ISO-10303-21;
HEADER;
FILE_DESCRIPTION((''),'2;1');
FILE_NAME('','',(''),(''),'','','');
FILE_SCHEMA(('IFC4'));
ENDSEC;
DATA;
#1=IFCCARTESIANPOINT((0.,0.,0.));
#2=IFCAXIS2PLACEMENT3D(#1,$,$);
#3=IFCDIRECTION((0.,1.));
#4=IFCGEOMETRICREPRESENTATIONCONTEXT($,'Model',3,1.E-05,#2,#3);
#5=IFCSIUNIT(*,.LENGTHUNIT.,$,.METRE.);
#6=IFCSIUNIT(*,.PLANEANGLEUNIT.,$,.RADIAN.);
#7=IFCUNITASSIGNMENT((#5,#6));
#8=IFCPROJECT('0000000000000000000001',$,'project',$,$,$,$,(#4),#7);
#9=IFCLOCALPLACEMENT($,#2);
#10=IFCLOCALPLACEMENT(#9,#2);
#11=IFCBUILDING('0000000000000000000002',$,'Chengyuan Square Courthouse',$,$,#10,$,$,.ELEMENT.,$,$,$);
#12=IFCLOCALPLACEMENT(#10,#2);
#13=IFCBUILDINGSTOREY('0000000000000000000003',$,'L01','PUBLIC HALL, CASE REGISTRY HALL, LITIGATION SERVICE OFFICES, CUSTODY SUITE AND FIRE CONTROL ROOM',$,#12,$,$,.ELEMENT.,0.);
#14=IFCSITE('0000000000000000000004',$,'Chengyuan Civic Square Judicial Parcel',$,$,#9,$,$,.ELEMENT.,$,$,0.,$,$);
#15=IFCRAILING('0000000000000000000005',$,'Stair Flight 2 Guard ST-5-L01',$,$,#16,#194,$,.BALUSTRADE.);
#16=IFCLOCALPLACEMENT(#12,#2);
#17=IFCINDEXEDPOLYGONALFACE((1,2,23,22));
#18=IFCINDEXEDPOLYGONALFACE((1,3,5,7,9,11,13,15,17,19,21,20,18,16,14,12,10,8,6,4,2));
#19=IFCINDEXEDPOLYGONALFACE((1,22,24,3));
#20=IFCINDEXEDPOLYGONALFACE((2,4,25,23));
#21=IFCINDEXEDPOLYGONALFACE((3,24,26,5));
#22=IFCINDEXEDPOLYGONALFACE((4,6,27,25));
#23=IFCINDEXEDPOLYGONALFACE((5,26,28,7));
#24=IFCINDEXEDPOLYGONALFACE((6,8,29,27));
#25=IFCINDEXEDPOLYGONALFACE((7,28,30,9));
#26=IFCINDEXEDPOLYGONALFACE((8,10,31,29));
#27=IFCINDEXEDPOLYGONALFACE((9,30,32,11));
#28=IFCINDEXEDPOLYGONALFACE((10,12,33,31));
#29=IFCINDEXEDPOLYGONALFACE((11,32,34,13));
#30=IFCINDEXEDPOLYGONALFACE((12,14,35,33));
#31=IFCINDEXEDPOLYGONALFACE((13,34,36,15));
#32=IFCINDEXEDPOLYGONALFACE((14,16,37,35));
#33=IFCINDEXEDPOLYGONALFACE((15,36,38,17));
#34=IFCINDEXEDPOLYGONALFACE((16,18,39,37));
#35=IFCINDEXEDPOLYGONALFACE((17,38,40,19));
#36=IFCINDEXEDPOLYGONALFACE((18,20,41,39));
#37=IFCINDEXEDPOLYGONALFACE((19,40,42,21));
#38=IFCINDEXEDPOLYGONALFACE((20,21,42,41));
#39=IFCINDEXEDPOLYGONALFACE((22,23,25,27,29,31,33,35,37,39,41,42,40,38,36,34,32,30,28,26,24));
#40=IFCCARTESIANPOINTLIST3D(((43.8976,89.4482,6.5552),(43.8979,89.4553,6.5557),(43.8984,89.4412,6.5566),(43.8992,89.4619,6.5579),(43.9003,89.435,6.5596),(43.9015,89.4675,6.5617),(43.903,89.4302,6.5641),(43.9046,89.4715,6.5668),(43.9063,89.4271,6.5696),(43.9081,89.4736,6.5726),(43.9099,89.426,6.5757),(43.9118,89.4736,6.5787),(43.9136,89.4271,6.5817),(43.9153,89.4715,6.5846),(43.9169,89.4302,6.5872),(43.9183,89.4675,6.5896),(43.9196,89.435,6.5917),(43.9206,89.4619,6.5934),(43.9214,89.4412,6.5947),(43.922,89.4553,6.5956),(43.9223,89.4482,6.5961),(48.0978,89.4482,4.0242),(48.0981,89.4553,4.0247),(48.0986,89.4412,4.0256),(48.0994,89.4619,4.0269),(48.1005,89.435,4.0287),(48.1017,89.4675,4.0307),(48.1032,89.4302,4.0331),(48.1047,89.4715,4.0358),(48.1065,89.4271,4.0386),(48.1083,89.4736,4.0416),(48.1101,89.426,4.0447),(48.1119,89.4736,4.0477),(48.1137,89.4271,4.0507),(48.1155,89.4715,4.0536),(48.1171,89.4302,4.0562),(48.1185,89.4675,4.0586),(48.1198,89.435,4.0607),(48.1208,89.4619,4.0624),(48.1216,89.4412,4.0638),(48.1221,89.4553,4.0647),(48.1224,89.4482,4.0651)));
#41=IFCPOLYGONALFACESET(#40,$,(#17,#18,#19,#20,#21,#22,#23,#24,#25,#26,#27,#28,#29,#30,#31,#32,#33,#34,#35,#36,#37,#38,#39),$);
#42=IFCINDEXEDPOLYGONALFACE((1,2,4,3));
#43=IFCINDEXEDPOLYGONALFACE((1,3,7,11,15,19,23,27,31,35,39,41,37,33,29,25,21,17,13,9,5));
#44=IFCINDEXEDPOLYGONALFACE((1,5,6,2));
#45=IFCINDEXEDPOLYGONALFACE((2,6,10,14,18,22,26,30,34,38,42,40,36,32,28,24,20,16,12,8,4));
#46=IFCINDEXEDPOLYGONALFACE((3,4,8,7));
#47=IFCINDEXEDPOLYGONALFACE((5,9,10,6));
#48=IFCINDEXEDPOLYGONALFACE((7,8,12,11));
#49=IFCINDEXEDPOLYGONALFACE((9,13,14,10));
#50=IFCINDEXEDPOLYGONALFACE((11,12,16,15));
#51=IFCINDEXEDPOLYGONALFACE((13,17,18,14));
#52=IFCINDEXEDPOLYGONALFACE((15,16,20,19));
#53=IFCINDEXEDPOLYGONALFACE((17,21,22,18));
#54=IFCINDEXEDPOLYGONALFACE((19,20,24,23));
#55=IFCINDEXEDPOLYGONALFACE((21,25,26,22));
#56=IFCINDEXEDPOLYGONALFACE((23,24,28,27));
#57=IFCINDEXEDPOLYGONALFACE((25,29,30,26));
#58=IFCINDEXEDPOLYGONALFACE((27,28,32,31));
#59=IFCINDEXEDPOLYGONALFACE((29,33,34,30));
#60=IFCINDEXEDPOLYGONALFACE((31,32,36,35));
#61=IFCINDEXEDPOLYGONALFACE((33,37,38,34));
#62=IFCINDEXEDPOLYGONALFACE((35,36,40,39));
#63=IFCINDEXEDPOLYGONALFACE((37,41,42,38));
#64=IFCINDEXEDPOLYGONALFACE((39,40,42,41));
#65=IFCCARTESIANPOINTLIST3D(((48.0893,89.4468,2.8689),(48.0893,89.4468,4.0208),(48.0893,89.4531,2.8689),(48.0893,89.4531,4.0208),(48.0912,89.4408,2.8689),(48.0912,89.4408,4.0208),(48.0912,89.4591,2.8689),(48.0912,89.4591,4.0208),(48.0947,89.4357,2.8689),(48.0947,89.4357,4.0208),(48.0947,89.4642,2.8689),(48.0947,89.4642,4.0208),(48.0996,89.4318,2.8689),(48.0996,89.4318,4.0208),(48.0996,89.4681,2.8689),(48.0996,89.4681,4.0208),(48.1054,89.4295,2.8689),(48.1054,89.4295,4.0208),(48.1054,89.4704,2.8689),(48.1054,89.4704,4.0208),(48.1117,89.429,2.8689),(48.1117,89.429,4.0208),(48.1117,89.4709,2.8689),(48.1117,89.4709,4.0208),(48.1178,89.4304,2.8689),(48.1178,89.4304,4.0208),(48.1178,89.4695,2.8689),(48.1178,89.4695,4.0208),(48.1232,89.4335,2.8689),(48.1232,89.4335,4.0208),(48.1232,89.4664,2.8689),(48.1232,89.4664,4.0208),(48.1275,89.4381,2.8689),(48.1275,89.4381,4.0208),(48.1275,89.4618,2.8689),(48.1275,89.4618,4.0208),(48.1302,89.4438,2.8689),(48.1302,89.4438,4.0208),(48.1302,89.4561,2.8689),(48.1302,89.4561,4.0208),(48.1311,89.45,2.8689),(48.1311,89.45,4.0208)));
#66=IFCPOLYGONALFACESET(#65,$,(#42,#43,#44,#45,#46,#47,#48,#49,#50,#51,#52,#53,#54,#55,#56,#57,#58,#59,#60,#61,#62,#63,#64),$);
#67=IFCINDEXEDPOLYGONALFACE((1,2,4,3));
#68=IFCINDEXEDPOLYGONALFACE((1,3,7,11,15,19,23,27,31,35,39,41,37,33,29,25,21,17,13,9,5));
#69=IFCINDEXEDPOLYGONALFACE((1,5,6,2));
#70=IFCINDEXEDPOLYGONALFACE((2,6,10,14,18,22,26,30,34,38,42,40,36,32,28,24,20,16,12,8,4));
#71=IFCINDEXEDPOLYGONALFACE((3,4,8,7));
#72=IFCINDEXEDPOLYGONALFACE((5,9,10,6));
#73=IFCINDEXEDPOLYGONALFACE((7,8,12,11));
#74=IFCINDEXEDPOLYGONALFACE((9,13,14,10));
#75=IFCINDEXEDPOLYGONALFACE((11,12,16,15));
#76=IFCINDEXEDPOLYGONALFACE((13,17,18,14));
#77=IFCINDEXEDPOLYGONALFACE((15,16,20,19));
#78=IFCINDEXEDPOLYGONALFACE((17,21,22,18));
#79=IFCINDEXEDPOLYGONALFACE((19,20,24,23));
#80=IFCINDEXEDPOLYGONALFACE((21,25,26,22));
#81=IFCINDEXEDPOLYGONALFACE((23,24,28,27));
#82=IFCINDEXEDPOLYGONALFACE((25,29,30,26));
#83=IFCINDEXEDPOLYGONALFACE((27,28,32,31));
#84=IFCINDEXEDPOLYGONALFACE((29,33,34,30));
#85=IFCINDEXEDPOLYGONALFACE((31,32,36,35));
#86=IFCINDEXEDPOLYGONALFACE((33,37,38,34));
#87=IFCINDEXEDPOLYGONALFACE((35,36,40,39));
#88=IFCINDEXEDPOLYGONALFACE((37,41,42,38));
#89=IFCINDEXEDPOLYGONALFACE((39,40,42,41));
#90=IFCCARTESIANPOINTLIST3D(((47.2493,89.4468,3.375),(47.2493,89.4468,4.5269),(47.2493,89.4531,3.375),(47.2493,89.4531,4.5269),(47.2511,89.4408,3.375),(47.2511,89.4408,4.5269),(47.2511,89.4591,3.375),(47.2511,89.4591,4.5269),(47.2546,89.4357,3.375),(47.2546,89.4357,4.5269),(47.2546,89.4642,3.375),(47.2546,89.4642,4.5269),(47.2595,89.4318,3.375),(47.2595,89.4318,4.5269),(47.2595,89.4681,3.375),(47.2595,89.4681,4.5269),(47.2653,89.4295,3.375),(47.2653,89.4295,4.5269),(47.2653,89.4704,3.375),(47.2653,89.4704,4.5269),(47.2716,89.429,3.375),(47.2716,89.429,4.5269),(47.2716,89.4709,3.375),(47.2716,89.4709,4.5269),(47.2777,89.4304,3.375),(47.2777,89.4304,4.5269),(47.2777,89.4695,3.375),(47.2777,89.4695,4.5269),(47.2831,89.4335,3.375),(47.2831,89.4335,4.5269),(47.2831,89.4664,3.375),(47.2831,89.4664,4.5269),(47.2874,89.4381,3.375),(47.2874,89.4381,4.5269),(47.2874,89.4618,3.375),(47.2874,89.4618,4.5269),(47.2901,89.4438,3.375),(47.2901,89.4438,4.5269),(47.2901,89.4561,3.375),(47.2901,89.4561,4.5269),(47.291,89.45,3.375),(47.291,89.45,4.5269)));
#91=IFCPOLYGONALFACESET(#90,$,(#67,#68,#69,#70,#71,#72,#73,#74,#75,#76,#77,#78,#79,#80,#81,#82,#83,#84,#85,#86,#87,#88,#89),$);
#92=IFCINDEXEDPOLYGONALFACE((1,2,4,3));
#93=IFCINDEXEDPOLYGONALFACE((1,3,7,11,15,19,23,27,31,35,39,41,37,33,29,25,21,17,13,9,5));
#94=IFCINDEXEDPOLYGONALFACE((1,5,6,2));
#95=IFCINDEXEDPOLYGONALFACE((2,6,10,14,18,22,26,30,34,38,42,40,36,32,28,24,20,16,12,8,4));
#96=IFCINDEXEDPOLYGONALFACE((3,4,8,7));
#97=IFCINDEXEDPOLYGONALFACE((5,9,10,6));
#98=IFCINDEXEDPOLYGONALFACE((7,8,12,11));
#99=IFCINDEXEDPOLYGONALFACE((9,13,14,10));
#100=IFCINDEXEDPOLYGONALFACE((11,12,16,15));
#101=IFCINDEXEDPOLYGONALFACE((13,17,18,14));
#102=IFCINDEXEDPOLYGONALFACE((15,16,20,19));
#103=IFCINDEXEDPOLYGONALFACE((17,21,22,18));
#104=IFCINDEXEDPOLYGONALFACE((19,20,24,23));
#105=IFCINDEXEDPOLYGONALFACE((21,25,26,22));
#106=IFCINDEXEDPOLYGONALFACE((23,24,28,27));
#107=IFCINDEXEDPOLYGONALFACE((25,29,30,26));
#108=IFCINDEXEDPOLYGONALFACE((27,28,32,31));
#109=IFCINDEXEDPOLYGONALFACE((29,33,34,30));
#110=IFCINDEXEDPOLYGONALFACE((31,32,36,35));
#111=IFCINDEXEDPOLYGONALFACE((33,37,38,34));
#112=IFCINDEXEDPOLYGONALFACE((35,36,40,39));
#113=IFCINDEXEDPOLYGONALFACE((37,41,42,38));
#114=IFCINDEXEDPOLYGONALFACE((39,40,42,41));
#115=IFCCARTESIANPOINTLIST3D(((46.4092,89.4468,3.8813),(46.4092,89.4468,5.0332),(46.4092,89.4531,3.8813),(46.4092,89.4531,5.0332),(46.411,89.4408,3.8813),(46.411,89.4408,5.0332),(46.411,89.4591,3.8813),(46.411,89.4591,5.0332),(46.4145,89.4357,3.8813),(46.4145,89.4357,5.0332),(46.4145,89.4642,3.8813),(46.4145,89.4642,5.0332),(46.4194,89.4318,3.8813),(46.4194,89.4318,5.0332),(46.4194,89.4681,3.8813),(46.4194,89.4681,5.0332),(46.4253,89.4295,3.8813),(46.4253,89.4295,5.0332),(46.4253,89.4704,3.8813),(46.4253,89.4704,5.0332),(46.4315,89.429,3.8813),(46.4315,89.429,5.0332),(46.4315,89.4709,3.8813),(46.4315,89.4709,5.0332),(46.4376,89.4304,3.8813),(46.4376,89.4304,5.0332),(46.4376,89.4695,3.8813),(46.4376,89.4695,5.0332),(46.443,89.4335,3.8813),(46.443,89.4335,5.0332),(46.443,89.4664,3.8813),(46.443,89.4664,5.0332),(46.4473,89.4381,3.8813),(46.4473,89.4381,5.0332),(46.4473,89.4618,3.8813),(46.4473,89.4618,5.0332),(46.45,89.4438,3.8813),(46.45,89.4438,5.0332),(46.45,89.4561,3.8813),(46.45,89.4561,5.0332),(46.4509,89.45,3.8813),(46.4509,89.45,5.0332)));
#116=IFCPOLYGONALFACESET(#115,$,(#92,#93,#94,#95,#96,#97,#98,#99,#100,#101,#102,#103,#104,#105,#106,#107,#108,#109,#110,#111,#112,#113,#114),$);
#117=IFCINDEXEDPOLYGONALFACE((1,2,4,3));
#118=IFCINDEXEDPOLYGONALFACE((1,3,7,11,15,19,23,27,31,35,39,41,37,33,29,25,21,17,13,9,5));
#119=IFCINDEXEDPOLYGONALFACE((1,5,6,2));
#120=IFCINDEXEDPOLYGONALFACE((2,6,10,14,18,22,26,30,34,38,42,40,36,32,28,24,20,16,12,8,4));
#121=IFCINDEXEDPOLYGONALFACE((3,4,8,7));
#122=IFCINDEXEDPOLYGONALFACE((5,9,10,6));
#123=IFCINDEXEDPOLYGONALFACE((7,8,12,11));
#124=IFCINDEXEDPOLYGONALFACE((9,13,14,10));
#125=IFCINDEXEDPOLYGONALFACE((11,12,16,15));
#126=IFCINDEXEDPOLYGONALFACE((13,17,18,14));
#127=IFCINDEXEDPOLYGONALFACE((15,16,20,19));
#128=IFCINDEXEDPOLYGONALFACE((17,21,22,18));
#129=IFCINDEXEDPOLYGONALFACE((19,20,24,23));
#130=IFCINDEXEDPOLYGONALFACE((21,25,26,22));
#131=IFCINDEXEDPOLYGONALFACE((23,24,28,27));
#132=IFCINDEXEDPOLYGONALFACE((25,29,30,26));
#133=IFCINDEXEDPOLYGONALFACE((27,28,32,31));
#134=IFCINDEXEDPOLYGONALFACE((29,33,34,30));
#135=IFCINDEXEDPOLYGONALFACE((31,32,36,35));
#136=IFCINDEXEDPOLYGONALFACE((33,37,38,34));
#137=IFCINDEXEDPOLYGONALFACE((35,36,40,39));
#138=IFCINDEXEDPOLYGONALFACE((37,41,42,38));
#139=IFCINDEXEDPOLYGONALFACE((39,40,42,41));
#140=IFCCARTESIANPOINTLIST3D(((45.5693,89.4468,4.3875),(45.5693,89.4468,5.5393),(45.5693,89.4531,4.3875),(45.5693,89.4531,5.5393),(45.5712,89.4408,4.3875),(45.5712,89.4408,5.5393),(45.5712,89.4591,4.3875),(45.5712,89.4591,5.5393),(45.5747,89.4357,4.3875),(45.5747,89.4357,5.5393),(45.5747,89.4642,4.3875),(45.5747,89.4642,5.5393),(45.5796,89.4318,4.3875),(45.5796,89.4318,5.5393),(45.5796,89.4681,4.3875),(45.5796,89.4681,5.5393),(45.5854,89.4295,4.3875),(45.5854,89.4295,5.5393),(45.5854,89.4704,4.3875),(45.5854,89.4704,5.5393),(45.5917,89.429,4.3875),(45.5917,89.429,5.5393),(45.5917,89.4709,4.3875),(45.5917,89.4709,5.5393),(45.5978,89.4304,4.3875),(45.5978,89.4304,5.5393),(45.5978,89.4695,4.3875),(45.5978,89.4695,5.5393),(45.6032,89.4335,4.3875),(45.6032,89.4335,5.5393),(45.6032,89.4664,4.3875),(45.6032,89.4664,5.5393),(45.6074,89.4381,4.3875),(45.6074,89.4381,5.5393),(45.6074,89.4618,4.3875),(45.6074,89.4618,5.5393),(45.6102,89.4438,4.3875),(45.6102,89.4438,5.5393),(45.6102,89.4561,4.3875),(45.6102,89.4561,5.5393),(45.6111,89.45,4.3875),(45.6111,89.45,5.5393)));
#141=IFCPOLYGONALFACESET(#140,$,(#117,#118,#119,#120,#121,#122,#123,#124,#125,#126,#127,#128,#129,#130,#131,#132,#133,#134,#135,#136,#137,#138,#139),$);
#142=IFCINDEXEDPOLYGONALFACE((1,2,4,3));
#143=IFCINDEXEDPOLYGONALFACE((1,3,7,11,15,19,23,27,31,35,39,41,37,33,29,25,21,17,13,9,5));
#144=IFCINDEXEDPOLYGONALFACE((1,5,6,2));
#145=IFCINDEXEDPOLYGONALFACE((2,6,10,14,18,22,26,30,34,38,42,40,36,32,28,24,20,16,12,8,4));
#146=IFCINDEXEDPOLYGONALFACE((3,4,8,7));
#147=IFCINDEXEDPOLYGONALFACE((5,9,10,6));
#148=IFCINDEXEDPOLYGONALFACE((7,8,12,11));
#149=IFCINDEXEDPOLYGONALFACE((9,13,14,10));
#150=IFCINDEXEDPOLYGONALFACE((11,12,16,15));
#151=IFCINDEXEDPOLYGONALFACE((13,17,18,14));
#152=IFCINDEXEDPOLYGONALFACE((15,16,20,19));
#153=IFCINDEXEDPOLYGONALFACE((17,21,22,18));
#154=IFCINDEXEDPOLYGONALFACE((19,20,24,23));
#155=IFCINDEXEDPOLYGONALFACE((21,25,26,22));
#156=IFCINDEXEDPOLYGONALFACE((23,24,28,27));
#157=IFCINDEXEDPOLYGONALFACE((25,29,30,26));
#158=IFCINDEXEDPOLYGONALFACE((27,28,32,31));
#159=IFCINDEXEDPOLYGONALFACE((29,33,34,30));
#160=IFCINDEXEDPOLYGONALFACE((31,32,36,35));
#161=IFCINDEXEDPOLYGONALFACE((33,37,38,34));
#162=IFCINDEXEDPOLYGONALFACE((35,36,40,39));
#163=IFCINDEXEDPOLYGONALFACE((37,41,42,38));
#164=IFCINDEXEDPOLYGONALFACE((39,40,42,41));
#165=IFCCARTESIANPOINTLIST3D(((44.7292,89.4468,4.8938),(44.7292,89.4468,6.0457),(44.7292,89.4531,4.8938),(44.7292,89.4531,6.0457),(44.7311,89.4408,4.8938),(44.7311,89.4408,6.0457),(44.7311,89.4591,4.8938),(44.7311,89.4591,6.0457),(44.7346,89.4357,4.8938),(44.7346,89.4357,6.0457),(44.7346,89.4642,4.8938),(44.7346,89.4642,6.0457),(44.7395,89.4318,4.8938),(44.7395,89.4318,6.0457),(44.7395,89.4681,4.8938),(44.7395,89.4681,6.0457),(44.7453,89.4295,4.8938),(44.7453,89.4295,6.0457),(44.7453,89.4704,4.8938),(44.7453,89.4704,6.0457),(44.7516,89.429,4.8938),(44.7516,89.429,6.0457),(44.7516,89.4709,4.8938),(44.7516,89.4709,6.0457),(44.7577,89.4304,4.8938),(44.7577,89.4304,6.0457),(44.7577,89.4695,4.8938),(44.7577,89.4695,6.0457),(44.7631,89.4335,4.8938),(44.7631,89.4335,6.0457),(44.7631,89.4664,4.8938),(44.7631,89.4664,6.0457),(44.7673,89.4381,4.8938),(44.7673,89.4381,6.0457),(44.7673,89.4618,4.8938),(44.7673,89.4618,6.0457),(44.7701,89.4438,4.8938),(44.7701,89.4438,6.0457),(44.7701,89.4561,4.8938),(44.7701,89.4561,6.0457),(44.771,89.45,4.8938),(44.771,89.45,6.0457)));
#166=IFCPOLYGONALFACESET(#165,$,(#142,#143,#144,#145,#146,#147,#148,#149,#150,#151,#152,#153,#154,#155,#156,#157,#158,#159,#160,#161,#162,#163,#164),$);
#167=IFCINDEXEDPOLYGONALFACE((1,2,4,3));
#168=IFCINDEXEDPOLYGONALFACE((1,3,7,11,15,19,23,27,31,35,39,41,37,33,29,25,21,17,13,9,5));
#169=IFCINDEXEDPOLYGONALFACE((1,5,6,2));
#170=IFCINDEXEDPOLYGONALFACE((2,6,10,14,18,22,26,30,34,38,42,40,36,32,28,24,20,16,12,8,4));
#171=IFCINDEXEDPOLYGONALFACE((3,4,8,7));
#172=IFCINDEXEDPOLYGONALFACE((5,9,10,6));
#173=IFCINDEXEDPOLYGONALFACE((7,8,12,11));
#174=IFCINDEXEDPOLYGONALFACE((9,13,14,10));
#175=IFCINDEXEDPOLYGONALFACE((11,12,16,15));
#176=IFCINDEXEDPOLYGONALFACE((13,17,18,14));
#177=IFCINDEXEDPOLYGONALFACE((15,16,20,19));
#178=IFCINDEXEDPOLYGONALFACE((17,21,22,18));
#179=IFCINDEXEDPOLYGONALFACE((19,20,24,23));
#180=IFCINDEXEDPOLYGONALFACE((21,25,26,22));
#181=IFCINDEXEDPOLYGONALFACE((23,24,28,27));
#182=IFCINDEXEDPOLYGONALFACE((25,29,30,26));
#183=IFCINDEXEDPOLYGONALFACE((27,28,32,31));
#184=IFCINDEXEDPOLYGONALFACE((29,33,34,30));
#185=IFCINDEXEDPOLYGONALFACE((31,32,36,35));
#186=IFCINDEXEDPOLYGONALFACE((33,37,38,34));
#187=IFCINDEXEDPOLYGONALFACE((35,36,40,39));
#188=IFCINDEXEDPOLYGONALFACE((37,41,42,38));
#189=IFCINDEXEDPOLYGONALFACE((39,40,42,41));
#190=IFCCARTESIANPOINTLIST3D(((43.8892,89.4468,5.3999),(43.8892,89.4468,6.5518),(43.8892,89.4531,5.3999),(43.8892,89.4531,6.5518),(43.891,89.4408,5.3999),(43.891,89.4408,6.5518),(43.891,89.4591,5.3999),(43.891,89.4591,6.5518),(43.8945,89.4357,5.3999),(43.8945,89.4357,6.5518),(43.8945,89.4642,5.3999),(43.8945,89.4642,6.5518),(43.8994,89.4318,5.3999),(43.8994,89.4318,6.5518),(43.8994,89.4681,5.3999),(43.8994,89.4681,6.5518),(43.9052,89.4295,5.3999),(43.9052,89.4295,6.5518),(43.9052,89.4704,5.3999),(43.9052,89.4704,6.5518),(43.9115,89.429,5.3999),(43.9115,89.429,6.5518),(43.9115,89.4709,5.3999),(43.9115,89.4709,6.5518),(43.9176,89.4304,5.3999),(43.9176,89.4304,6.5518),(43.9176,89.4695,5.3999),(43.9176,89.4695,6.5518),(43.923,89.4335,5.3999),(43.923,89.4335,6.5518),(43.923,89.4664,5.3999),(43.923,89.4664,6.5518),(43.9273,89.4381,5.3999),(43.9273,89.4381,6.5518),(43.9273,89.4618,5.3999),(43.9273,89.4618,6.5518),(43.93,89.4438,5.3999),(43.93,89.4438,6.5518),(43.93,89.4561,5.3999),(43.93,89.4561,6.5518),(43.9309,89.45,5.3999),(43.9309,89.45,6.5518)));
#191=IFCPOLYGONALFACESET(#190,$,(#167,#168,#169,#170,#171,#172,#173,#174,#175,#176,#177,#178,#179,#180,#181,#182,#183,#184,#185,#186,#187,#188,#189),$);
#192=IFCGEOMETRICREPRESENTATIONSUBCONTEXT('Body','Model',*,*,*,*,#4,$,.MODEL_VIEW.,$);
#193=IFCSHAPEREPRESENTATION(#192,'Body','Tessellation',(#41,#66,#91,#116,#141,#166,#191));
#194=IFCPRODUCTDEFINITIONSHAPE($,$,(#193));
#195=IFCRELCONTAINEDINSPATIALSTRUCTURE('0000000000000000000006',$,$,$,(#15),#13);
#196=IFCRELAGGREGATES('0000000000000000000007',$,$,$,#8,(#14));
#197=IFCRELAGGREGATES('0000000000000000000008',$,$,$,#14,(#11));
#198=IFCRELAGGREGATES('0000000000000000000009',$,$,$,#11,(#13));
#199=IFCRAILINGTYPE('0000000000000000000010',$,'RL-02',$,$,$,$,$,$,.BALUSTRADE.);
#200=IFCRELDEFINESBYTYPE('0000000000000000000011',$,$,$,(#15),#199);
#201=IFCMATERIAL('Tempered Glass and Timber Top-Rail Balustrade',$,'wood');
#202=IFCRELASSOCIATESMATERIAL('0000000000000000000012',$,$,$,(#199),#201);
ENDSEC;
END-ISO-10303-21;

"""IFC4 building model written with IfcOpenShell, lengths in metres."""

from ifc_helpers import new_model, si_unit, direction, frame, origin, origin_2d, place, context, subcontext, project, spatial, circle, extrude, material, type_object, element, save


model = new_model("IFC4")

# Units and contexts
model_context = context("Model", 3, precision=1e-05, world=origin(), true_north=direction((0.0, 1.0)))
body_context = subcontext(model_context, "Body", "Model", "MODEL_VIEW")
ifc_project = project(units=[si_unit("LENGTHUNIT", "METRE"), si_unit("PLANEANGLEUNIT", "RADIAN")], contexts=[model_context])

# Site, building, storey
site_placement = place(None, origin())
site = spatial("IfcSite", under=ifc_project, at=site_placement, Name="Chengyuan Civic Square Judicial Parcel", CompositionType="ELEMENT", RefElevation=0.0)
building_placement = place(site_placement, origin())
building = spatial("IfcBuilding", under=site, at=building_placement, Name="Chengyuan Square Courthouse", CompositionType="ELEMENT")
storey_placement = place(building_placement, origin())
storey = spatial("IfcBuildingStorey", under=building, at=storey_placement, Name="L01", Description="PUBLIC HALL, CASE REGISTRY HALL, LITIGATION SERVICE OFFICES, CUSTODY SUITE AND FIRE CONTROL ROOM", CompositionType="ELEMENT", Elevation=0.0)

# Railing
ifc_material_1 = material(Name="Tempered Glass and Timber Top-Rail Balustrade", Category="wood")
railing_type_1 = type_object("IfcRailingType", Name="RL-02", PredefinedType="BALUSTRADE", material=ifc_material_1)
railing_1_placement = place(storey_placement, frame((48.1101, 89.45, 2.8689)))
element("IfcRailing", 1, at=railing_1_placement, inside=storey, type_object=railing_type_1, Name="Stair Flight 2 Guard ST-5-L01", PredefinedType="BALUSTRADE", context=body_context, shape_type="SweptSolid", body=[
    extrude(circle(Radius=0.0239, at=origin_2d()), frame((0.0, 0.0, 1.1758), z_axis=(-0.856512, 0.0, 0.516127), x_axis=(0.0, -1.0, 0.0)), (0.0, 0.0, 1.0), 4.9038),
    extrude(circle(Radius=0.021, at=origin_2d()), origin(), (0.0, 0.0, 1.0), 1.1519),
    extrude(circle(Radius=0.021, at=origin_2d()), frame((-0.8401, 0.0, 0.5061)), (0.0, 0.0, 1.0), 1.1519),
    extrude(circle(Radius=0.021, at=origin_2d()), frame((-1.6802, 0.0, 1.0125)), (0.0, 0.0, 1.0), 1.1519),
    extrude(circle(Radius=0.021, at=origin_2d()), frame((-2.52, 0.0, 1.5186)), (0.0, 0.0, 1.0), 1.1519),
    extrude(circle(Radius=0.021, at=origin_2d()), frame((-3.3601, 0.0, 2.0249)), (0.0, 0.0, 1.0), 1.1519),
    extrude(circle(Radius=0.021, at=origin_2d()), frame((-4.2002, 0.0, 2.531)), (0.0, 0.0, 1.0), 1.1519),
])

save(model, "model.ifc")
